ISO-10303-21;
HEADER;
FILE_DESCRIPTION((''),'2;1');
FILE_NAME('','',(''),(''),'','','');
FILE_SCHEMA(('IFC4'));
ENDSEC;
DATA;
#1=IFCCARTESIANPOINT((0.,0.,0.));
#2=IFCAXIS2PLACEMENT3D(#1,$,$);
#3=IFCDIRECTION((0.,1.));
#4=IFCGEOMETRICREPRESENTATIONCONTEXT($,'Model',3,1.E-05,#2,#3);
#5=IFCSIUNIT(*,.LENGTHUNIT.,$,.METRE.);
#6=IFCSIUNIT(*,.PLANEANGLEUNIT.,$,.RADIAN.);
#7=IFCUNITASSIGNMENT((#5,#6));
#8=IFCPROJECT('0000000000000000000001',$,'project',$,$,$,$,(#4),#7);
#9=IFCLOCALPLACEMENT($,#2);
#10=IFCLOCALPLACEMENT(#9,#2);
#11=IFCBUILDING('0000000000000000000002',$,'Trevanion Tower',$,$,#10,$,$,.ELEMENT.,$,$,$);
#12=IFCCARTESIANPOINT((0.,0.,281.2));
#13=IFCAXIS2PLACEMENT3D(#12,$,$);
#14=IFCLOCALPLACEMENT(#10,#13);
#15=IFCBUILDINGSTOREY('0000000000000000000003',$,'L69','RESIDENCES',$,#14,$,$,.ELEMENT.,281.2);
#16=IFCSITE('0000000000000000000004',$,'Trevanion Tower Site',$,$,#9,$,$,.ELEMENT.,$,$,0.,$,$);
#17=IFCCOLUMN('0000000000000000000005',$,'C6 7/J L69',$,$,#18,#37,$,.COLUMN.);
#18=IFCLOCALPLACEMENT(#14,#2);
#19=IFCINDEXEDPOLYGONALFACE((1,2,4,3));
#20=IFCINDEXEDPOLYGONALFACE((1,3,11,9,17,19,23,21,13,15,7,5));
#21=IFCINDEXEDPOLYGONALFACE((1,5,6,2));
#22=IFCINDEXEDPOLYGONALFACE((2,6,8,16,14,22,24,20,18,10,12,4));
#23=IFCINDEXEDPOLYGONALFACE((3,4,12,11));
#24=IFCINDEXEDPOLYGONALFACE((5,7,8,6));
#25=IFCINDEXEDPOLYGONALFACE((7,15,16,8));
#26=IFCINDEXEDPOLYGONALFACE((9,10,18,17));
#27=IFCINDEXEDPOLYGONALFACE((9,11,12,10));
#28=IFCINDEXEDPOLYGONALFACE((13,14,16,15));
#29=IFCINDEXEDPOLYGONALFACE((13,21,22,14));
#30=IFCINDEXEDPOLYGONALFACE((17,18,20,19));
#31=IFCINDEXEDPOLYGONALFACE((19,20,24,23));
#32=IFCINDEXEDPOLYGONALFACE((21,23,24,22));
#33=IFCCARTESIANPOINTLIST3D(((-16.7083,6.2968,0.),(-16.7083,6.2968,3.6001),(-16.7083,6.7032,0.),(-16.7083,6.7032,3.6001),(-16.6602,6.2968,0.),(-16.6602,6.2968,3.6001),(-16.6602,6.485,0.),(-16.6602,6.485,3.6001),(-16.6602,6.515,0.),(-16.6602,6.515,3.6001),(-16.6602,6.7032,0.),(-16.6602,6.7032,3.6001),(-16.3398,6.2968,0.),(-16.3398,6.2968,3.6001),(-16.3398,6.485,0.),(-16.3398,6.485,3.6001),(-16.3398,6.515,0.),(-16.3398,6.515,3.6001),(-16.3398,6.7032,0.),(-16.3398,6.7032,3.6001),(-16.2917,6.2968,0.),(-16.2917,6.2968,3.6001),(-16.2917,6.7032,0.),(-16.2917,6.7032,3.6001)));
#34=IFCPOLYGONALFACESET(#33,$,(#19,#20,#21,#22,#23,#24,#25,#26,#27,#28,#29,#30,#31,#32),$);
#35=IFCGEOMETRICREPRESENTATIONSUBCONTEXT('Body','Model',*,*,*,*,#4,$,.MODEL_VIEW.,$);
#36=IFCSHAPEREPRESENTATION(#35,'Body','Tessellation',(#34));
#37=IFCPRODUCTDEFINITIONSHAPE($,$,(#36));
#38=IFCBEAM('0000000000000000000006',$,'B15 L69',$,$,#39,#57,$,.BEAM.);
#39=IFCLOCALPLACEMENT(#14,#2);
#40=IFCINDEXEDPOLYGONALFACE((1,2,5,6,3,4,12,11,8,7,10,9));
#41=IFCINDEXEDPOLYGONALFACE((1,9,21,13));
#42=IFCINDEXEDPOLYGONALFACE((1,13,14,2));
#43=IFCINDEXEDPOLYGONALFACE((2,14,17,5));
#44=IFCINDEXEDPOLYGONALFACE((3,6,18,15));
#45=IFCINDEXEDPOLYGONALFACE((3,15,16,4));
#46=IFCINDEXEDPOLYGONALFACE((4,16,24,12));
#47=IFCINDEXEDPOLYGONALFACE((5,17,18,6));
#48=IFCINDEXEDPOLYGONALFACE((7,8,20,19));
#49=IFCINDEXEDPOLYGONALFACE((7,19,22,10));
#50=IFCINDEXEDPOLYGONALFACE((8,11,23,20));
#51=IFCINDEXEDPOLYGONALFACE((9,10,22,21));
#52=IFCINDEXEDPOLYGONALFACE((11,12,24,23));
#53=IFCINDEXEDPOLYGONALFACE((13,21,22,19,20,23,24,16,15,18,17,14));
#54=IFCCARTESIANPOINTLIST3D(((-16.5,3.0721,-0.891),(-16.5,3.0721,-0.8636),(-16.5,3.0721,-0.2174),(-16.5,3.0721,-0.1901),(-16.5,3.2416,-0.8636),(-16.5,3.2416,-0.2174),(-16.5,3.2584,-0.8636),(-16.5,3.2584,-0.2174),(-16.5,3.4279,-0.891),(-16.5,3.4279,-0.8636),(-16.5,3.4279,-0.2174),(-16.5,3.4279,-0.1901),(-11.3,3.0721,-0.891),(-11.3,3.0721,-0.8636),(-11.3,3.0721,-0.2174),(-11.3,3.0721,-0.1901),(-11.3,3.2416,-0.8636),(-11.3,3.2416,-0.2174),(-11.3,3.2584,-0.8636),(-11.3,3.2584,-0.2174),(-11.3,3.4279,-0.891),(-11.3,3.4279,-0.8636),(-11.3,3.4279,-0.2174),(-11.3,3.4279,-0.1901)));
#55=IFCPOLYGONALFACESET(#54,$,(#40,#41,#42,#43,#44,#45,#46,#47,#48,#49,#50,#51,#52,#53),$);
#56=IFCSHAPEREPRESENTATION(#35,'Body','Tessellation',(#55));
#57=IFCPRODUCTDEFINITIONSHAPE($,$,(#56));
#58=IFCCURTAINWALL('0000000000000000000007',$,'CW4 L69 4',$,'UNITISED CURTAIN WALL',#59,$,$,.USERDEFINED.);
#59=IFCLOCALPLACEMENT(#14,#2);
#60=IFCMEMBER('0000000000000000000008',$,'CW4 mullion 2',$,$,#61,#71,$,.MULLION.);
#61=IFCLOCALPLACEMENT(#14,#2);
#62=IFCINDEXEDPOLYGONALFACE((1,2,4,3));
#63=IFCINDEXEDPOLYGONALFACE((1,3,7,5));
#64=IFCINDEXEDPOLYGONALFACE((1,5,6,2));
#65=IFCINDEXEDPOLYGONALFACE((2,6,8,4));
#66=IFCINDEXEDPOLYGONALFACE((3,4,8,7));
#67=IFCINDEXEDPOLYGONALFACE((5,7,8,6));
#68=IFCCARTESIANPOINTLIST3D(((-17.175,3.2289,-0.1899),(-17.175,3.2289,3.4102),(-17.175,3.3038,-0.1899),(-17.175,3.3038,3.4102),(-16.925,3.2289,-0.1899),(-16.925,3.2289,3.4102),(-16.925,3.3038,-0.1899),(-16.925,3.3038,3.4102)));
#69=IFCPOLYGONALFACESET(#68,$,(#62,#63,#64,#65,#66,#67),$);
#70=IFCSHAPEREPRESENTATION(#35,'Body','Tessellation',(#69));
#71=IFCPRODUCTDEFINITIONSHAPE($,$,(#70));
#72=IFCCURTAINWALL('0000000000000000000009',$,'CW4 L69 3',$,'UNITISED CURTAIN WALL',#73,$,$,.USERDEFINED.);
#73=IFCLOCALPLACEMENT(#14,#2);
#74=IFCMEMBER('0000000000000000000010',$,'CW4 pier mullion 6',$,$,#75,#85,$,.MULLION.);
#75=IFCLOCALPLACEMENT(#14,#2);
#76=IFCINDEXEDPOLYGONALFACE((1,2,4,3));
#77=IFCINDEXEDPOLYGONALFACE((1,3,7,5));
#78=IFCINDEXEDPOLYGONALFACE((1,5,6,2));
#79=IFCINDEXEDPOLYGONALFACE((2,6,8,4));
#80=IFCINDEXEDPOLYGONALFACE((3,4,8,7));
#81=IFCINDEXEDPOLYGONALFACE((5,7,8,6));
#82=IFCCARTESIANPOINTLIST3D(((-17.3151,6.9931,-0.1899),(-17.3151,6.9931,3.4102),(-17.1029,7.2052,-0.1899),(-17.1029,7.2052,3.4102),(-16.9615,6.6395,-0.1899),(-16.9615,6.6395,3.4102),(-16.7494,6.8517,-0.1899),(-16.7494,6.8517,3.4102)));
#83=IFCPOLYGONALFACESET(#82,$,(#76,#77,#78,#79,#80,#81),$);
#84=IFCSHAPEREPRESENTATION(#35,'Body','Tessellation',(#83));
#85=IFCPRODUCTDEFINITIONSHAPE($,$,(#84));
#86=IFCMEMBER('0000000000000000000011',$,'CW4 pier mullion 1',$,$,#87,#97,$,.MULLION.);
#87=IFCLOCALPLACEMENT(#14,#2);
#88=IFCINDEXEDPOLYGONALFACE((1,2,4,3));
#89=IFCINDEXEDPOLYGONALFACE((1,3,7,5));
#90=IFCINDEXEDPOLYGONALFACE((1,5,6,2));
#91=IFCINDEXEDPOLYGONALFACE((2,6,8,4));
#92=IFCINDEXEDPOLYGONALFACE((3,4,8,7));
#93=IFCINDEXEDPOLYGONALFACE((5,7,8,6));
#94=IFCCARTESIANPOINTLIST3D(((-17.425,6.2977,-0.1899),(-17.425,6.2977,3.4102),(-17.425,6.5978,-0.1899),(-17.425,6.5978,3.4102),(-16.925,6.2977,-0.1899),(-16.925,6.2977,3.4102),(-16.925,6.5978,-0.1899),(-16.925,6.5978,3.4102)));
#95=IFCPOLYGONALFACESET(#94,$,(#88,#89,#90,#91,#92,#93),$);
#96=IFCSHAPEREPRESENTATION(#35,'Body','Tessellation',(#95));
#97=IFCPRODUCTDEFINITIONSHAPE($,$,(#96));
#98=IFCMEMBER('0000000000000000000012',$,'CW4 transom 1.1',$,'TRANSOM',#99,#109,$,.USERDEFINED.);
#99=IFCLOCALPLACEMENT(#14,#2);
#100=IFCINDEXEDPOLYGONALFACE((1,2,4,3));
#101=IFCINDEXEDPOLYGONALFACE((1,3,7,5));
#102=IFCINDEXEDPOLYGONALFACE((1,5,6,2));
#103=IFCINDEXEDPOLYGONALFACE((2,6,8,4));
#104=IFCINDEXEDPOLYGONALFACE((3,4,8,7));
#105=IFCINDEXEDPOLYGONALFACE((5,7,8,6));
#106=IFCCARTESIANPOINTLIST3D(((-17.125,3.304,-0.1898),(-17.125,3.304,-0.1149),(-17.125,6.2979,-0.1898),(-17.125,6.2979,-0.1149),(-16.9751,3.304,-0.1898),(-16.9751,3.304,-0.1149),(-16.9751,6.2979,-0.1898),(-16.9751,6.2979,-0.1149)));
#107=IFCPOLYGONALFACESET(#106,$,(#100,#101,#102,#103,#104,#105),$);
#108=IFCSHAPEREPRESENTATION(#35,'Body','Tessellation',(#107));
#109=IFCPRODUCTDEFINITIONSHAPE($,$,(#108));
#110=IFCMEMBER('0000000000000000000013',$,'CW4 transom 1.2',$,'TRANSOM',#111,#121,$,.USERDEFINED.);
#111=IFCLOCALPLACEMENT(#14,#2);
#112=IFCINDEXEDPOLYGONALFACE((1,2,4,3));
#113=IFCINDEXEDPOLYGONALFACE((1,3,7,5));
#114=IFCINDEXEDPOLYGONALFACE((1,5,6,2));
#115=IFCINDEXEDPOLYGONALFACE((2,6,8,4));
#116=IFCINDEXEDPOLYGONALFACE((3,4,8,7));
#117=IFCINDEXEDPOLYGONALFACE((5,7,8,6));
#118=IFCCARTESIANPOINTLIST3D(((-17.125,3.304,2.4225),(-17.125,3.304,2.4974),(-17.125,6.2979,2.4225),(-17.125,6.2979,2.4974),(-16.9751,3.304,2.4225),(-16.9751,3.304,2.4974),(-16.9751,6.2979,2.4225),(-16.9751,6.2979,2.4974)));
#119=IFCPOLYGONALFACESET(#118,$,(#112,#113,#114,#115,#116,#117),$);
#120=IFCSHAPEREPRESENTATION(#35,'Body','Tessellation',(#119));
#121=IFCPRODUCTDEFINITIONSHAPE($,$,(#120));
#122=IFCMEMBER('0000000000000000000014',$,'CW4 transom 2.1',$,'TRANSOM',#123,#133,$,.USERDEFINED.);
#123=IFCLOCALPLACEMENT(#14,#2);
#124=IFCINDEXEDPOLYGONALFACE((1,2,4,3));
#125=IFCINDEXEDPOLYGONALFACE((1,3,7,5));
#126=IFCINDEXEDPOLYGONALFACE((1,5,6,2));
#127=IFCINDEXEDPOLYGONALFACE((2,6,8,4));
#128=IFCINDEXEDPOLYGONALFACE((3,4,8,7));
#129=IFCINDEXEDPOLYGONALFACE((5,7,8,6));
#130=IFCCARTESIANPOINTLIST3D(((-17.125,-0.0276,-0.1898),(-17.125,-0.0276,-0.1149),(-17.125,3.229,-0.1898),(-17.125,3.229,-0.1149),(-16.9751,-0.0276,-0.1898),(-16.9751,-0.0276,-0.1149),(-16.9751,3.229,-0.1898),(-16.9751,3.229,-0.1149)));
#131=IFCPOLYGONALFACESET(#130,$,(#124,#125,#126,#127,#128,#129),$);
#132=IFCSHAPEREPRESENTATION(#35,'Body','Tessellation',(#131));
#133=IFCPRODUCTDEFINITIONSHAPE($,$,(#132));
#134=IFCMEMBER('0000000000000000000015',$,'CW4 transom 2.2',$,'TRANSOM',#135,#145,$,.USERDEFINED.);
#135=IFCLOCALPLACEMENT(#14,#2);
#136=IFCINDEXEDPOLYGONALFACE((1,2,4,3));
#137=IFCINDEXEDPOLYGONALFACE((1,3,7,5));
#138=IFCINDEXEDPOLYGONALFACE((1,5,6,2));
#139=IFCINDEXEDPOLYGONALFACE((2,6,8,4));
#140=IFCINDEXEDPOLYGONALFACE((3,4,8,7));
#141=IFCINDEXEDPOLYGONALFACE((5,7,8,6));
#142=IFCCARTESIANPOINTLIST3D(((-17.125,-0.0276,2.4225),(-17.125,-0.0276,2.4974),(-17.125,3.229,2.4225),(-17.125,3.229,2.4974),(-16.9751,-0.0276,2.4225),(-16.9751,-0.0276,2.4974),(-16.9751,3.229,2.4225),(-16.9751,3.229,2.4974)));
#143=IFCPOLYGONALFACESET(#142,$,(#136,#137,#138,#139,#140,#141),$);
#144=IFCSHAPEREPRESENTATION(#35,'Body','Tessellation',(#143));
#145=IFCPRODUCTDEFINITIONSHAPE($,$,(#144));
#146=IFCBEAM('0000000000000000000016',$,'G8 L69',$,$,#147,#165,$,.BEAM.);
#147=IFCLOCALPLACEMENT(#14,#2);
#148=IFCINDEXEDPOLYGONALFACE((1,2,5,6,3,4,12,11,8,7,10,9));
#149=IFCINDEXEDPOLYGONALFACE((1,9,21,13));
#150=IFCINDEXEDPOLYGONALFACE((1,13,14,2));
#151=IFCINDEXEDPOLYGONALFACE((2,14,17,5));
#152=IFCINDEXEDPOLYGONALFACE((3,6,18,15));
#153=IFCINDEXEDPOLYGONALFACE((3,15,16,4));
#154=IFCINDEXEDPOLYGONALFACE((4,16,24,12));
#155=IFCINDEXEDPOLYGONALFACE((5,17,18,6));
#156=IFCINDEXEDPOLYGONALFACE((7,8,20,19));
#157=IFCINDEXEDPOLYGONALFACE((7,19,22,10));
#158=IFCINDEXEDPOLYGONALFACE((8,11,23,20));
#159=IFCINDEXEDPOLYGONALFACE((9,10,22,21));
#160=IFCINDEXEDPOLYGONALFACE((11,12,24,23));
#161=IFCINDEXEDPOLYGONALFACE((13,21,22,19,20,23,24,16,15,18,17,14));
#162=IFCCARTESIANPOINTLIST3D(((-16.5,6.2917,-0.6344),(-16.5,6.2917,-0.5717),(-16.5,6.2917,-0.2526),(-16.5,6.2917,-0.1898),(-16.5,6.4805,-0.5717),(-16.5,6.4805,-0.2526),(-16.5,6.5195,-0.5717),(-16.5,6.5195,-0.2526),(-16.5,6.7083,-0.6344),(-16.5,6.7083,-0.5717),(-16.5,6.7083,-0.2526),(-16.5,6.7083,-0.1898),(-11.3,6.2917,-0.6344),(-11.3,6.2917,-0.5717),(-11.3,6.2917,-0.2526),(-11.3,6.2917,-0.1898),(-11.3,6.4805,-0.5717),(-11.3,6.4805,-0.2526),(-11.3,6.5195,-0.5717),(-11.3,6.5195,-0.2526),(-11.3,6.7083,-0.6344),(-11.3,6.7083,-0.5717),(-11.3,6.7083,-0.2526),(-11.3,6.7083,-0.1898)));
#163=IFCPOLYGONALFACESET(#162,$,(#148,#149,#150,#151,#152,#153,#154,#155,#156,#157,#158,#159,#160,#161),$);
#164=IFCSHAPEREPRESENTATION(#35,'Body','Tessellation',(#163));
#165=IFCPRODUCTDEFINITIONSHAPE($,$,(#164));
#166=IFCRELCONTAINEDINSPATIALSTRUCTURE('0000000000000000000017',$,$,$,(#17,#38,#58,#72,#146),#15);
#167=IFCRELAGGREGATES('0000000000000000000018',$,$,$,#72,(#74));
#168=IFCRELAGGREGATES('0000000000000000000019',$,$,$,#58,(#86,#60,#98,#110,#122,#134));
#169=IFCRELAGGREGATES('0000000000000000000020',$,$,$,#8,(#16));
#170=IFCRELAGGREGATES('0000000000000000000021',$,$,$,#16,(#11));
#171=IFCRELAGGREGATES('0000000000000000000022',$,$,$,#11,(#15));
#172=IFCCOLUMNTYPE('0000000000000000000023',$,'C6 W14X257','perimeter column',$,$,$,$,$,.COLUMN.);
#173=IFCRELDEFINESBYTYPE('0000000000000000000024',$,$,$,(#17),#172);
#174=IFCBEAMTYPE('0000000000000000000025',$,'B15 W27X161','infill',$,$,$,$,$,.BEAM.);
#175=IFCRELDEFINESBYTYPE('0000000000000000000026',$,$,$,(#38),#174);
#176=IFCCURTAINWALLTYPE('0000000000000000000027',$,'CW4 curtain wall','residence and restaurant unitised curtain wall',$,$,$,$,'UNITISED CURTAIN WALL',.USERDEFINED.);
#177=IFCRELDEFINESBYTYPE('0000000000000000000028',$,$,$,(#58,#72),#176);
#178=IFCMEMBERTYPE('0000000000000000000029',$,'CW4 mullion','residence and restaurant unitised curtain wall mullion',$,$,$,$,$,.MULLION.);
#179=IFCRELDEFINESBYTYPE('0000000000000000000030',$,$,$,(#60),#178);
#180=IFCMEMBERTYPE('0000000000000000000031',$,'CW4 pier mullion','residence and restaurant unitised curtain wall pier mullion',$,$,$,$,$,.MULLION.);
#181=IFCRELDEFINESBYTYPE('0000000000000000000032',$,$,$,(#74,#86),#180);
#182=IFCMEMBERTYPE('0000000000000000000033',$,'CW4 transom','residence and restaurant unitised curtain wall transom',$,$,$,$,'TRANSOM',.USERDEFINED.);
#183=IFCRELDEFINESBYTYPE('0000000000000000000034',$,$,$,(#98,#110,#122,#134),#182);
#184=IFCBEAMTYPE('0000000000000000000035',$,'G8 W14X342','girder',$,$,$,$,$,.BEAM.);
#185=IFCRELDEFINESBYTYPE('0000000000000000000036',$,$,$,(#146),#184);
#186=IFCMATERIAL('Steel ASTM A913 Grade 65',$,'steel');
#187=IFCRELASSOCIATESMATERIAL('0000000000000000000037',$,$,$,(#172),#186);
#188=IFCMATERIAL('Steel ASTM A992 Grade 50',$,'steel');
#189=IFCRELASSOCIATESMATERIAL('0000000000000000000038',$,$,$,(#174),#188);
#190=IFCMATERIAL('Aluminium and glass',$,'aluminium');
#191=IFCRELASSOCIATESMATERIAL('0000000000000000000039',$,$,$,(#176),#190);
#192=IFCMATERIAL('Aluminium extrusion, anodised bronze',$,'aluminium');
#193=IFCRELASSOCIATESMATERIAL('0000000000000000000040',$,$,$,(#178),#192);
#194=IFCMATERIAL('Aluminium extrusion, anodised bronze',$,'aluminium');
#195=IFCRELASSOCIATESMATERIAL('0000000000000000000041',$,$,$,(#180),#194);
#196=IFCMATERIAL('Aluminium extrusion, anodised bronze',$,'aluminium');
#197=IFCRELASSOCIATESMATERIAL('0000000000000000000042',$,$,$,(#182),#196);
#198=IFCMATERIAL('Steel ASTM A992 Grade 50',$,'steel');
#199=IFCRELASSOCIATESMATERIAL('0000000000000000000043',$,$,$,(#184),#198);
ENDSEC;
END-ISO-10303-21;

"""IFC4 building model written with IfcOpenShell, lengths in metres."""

from ifc_helpers import new_model, si_unit, direction, frame, origin, origin_2d, place, context, subcontext, project, spatial, rectangle, i_section, extrude, material, material_profile, profile_set, type_object, element, aggregate, save


model = new_model("IFC4")

# Units and contexts
model_context = context("Model", 3, precision=1e-05, world=origin(), true_north=direction((0.0, 1.0)))
body_context = subcontext(model_context, "Body", "Model", "MODEL_VIEW")
ifc_project = project(units=[si_unit("LENGTHUNIT", "METRE"), si_unit("PLANEANGLEUNIT", "RADIAN")], contexts=[model_context])

# Site, building, storey
site_placement = place(None, origin())
site = spatial("IfcSite", under=ifc_project, at=site_placement, Name="Trevanion Tower Site", CompositionType="ELEMENT", RefElevation=0.0)
building_placement = place(site_placement, origin())
building = spatial("IfcBuilding", under=site, at=building_placement, Name="Trevanion Tower", CompositionType="ELEMENT")
storey_placement = place(building_placement, frame((0.0, 0.0, 281.2)))
storey = spatial("IfcBuildingStorey", under=building, at=storey_placement, Name="L69", Description="RESIDENCES", CompositionType="ELEMENT", Elevation=281.2)

# Column
ifc_material_1 = material(Name="Steel ASTM A913 Grade 65", Category="steel")
ifc_material_profile_1 = material_profile(ifc_material_1, i_section(OverallWidth=0.4065, OverallDepth=0.4165, WebThickness=0.03, FlangeThickness=0.0481, at=origin_2d()), Name="W14X257")
ifc_profile_set_1 = profile_set([ifc_material_profile_1], Name="Steel ASTM A913 Grade 65")
column_type = type_object("IfcColumnType", Name="C6 W14X257", Description="perimeter column", PredefinedType="COLUMN", material=ifc_profile_set_1)
column_placement = place(storey_placement, frame((-16.5, 6.5, 0.0), z_axis=(0.0, 0.0, 1.0), x_axis=(0.0, 1.0, 0.0)))
element("IfcColumn", 1, at=column_placement, inside=storey, type_object=column_type, Name="C6 7/J L69", PredefinedType="COLUMN", context=body_context, shape_type="SweptSolid", body=[
    extrude(i_section(OverallWidth=0.4065, OverallDepth=0.4165, WebThickness=0.03, FlangeThickness=0.0481, at=origin_2d()), origin(), (0.0, 0.0, 1.0), 3.6001),
])

# Beam
ifc_material_2 = material(Name="Steel ASTM A992 Grade 50", Category="steel")
ifc_material_profile_2 = material_profile(ifc_material_2, i_section(OverallWidth=0.3557, OverallDepth=0.7009, WebThickness=0.0168, FlangeThickness=0.0273, at=origin_2d()), Name="W27X161")
ifc_profile_set_2 = profile_set([ifc_material_profile_2], Name="Steel ASTM A992 Grade 50")
beam_type_1 = type_object("IfcBeamType", Name="B15 W27X161", Description="infill", PredefinedType="BEAM", material=ifc_profile_set_2)
beam_1_placement = place(storey_placement, frame((-11.3, 3.25, -0.5405), z_axis=(-1.0, 0.0, 0.0), x_axis=(0.0, -1.0, 0.0)))
element("IfcBeam", 2, at=beam_1_placement, inside=storey, type_object=beam_type_1, Name="B15 L69", PredefinedType="BEAM", context=body_context, shape_type="SweptSolid", body=[
    extrude(i_section(OverallWidth=0.3557, OverallDepth=0.7009, WebThickness=0.0168, FlangeThickness=0.0273, at=origin_2d()), origin(), (0.0, 0.0, 1.0), 5.2),
])

# Curtain walls, members
ifc_material_3 = material(Name="Aluminium and glass", Category="aluminium")
curtain_wall_type = type_object("IfcCurtainWallType", Name="CW4 curtain wall", Description="residence and restaurant unitised curtain wall", ElementType="UNITISED CURTAIN WALL", PredefinedType="USERDEFINED", material=ifc_material_3)
curtain_wall_1_placement = place(storey_placement, origin())
curtain_wall_1 = element("IfcCurtainWall", 3, at=curtain_wall_1_placement, inside=storey, type_object=curtain_wall_type, Name="CW4 L69 4", ObjectType="UNITISED CURTAIN WALL", PredefinedType="USERDEFINED")
ifc_material_4 = material(Name="Aluminium extrusion, anodised bronze", Category="aluminium")
ifc_material_profile_3 = material_profile(ifc_material_4, rectangle(XDim=0.075, YDim=0.25, at=origin_2d()), Name="CW4 mullion")
ifc_profile_set_3 = profile_set([ifc_material_profile_3], Name="Aluminium extrusion, anodised bronze")
member_type_1 = type_object("IfcMemberType", Name="CW4 mullion", Description="residence and restaurant unitised curtain wall mullion", PredefinedType="MULLION", material=ifc_profile_set_3)
member_1_placement = place(storey_placement, frame((-17.05, 3.2664, -0.1899), z_axis=(0.0, 0.0, 1.0), x_axis=(0.0, -1.0, 0.0)))
member_1 = element("IfcMember", 4, at=member_1_placement, type_object=member_type_1, Name="CW4 mullion 2", PredefinedType="MULLION", context=body_context, shape_type="SweptSolid", body=[
    extrude(rectangle(XDim=0.075, YDim=0.25, at=origin_2d()), origin(), (0.0, 0.0, 1.0), 3.6001),
])
curtain_wall_2_placement = place(storey_placement, origin())
curtain_wall_2 = element("IfcCurtainWall", 5, at=curtain_wall_2_placement, inside=storey, type_object=curtain_wall_type, Name="CW4 L69 3", ObjectType="UNITISED CURTAIN WALL", PredefinedType="USERDEFINED")
ifc_material_5 = material(Name="Aluminium extrusion, anodised bronze", Category="aluminium")
ifc_material_profile_4 = material_profile(ifc_material_5, rectangle(XDim=0.3, YDim=0.5, at=origin_2d()), Name="CW4 pier mullion")
ifc_profile_set_4 = profile_set([ifc_material_profile_4], Name="Aluminium extrusion, anodised bronze")
member_type_2 = type_object("IfcMemberType", Name="CW4 pier mullion", Description="residence and restaurant unitised curtain wall pier mullion", PredefinedType="MULLION", material=ifc_profile_set_4)
member_2_placement = place(storey_placement, frame((-17.0322, 6.9224, -0.1899), z_axis=(0.0, 0.0, 1.0), x_axis=(-0.707107, -0.707107, 0.0)))
member_2 = element("IfcMember", 6, at=member_2_placement, type_object=member_type_2, Name="CW4 pier mullion 6", PredefinedType="MULLION", context=body_context, shape_type="SweptSolid", body=[
    extrude(rectangle(XDim=0.3, YDim=0.5, at=origin_2d()), origin(), (0.0, 0.0, 1.0), 3.6001),
])
aggregate(curtain_wall_2, [member_2])

# Members
member_3_placement = place(storey_placement, frame((-17.175, 6.4478, -0.1899), z_axis=(0.0, 0.0, 1.0), x_axis=(0.0, -1.0, 0.0)))
member_3 = element("IfcMember", 7, at=member_3_placement, type_object=member_type_2, Name="CW4 pier mullion 1", PredefinedType="MULLION", context=body_context, shape_type="SweptSolid", body=[
    extrude(rectangle(XDim=0.3, YDim=0.5, at=origin_2d()), origin(), (0.0, 0.0, 1.0), 3.6001),
])
ifc_material_6 = material(Name="Aluminium extrusion, anodised bronze", Category="aluminium")
ifc_material_profile_5 = material_profile(ifc_material_6, rectangle(XDim=0.1499, YDim=0.075, at=origin_2d()), Name="CW4 transom")
ifc_profile_set_5 = profile_set([ifc_material_profile_5], Name="Aluminium extrusion, anodised bronze")
member_type_3 = type_object("IfcMemberType", Name="CW4 transom", Description="residence and restaurant unitised curtain wall transom", ElementType="TRANSOM", PredefinedType="USERDEFINED", material=ifc_profile_set_5)
member_4_placement = place(storey_placement, frame((-17.05, 6.2979, -0.1523), z_axis=(0.0, -1.0, 0.0), x_axis=(1.0, 0.0, 0.0)))
member_4 = element("IfcMember", 8, at=member_4_placement, type_object=member_type_3, Name="CW4 transom 1.1", ObjectType="TRANSOM", PredefinedType="USERDEFINED", context=body_context, shape_type="SweptSolid", body=[
    extrude(rectangle(XDim=0.1499, YDim=0.075, at=origin_2d()), origin(), (0.0, 0.0, 1.0), 2.9939),
])
member_5_placement = place(storey_placement, frame((-17.05, 6.2979, 2.46), z_axis=(0.0, -1.0, 0.0), x_axis=(1.0, 0.0, 0.0)))
member_5 = element("IfcMember", 9, at=member_5_placement, type_object=member_type_3, Name="CW4 transom 1.2", ObjectType="TRANSOM", PredefinedType="USERDEFINED", context=body_context, shape_type="SweptSolid", body=[
    extrude(rectangle(XDim=0.1499, YDim=0.075, at=origin_2d()), origin(), (0.0, 0.0, 1.0), 2.9939),
])
member_6_placement = place(storey_placement, frame((-17.05, 3.229, -0.1523), z_axis=(0.0, -1.0, 0.0), x_axis=(1.0, 0.0, 0.0)))
member_6 = element("IfcMember", 10, at=member_6_placement, type_object=member_type_3, Name="CW4 transom 2.1", ObjectType="TRANSOM", PredefinedType="USERDEFINED", context=body_context, shape_type="SweptSolid", body=[
    extrude(rectangle(XDim=0.1499, YDim=0.075, at=origin_2d()), origin(), (0.0, 0.0, 1.0), 3.2566),
])
member_7_placement = place(storey_placement, frame((-17.05, 3.229, 2.46), z_axis=(0.0, -1.0, 0.0), x_axis=(1.0, 0.0, 0.0)))
member_7 = element("IfcMember", 11, at=member_7_placement, type_object=member_type_3, Name="CW4 transom 2.2", ObjectType="TRANSOM", PredefinedType="USERDEFINED", context=body_context, shape_type="SweptSolid", body=[
    extrude(rectangle(XDim=0.1499, YDim=0.075, at=origin_2d()), origin(), (0.0, 0.0, 1.0), 3.2566),
])

# Beam
ifc_material_7 = material(Name="Steel ASTM A992 Grade 50", Category="steel")
ifc_material_profile_6 = material_profile(ifc_material_7, i_section(OverallWidth=0.4165, OverallDepth=0.4446, WebThickness=0.0391, FlangeThickness=0.0627, at=origin_2d()), Name="W14X342")
ifc_profile_set_6 = profile_set([ifc_material_profile_6], Name="Steel ASTM A992 Grade 50")
beam_type_2 = type_object("IfcBeamType", Name="G8 W14X342", Description="girder", PredefinedType="BEAM", material=ifc_profile_set_6)
beam_2_placement = place(storey_placement, frame((-11.3, 6.5, -0.4121), z_axis=(-1.0, 0.0, 0.0), x_axis=(0.0, -1.0, 0.0)))
element("IfcBeam", 12, at=beam_2_placement, inside=storey, type_object=beam_type_2, Name="G8 L69", PredefinedType="BEAM", context=body_context, shape_type="SweptSolid", body=[
    extrude(i_section(OverallWidth=0.4165, OverallDepth=0.4446, WebThickness=0.0391, FlangeThickness=0.0627, at=origin_2d()), origin(), (0.0, 0.0, 1.0), 5.2),
])

aggregate(curtain_wall_1, [member_3, member_1, member_4, member_5, member_6, member_7])

save(model, "model.ifc")
